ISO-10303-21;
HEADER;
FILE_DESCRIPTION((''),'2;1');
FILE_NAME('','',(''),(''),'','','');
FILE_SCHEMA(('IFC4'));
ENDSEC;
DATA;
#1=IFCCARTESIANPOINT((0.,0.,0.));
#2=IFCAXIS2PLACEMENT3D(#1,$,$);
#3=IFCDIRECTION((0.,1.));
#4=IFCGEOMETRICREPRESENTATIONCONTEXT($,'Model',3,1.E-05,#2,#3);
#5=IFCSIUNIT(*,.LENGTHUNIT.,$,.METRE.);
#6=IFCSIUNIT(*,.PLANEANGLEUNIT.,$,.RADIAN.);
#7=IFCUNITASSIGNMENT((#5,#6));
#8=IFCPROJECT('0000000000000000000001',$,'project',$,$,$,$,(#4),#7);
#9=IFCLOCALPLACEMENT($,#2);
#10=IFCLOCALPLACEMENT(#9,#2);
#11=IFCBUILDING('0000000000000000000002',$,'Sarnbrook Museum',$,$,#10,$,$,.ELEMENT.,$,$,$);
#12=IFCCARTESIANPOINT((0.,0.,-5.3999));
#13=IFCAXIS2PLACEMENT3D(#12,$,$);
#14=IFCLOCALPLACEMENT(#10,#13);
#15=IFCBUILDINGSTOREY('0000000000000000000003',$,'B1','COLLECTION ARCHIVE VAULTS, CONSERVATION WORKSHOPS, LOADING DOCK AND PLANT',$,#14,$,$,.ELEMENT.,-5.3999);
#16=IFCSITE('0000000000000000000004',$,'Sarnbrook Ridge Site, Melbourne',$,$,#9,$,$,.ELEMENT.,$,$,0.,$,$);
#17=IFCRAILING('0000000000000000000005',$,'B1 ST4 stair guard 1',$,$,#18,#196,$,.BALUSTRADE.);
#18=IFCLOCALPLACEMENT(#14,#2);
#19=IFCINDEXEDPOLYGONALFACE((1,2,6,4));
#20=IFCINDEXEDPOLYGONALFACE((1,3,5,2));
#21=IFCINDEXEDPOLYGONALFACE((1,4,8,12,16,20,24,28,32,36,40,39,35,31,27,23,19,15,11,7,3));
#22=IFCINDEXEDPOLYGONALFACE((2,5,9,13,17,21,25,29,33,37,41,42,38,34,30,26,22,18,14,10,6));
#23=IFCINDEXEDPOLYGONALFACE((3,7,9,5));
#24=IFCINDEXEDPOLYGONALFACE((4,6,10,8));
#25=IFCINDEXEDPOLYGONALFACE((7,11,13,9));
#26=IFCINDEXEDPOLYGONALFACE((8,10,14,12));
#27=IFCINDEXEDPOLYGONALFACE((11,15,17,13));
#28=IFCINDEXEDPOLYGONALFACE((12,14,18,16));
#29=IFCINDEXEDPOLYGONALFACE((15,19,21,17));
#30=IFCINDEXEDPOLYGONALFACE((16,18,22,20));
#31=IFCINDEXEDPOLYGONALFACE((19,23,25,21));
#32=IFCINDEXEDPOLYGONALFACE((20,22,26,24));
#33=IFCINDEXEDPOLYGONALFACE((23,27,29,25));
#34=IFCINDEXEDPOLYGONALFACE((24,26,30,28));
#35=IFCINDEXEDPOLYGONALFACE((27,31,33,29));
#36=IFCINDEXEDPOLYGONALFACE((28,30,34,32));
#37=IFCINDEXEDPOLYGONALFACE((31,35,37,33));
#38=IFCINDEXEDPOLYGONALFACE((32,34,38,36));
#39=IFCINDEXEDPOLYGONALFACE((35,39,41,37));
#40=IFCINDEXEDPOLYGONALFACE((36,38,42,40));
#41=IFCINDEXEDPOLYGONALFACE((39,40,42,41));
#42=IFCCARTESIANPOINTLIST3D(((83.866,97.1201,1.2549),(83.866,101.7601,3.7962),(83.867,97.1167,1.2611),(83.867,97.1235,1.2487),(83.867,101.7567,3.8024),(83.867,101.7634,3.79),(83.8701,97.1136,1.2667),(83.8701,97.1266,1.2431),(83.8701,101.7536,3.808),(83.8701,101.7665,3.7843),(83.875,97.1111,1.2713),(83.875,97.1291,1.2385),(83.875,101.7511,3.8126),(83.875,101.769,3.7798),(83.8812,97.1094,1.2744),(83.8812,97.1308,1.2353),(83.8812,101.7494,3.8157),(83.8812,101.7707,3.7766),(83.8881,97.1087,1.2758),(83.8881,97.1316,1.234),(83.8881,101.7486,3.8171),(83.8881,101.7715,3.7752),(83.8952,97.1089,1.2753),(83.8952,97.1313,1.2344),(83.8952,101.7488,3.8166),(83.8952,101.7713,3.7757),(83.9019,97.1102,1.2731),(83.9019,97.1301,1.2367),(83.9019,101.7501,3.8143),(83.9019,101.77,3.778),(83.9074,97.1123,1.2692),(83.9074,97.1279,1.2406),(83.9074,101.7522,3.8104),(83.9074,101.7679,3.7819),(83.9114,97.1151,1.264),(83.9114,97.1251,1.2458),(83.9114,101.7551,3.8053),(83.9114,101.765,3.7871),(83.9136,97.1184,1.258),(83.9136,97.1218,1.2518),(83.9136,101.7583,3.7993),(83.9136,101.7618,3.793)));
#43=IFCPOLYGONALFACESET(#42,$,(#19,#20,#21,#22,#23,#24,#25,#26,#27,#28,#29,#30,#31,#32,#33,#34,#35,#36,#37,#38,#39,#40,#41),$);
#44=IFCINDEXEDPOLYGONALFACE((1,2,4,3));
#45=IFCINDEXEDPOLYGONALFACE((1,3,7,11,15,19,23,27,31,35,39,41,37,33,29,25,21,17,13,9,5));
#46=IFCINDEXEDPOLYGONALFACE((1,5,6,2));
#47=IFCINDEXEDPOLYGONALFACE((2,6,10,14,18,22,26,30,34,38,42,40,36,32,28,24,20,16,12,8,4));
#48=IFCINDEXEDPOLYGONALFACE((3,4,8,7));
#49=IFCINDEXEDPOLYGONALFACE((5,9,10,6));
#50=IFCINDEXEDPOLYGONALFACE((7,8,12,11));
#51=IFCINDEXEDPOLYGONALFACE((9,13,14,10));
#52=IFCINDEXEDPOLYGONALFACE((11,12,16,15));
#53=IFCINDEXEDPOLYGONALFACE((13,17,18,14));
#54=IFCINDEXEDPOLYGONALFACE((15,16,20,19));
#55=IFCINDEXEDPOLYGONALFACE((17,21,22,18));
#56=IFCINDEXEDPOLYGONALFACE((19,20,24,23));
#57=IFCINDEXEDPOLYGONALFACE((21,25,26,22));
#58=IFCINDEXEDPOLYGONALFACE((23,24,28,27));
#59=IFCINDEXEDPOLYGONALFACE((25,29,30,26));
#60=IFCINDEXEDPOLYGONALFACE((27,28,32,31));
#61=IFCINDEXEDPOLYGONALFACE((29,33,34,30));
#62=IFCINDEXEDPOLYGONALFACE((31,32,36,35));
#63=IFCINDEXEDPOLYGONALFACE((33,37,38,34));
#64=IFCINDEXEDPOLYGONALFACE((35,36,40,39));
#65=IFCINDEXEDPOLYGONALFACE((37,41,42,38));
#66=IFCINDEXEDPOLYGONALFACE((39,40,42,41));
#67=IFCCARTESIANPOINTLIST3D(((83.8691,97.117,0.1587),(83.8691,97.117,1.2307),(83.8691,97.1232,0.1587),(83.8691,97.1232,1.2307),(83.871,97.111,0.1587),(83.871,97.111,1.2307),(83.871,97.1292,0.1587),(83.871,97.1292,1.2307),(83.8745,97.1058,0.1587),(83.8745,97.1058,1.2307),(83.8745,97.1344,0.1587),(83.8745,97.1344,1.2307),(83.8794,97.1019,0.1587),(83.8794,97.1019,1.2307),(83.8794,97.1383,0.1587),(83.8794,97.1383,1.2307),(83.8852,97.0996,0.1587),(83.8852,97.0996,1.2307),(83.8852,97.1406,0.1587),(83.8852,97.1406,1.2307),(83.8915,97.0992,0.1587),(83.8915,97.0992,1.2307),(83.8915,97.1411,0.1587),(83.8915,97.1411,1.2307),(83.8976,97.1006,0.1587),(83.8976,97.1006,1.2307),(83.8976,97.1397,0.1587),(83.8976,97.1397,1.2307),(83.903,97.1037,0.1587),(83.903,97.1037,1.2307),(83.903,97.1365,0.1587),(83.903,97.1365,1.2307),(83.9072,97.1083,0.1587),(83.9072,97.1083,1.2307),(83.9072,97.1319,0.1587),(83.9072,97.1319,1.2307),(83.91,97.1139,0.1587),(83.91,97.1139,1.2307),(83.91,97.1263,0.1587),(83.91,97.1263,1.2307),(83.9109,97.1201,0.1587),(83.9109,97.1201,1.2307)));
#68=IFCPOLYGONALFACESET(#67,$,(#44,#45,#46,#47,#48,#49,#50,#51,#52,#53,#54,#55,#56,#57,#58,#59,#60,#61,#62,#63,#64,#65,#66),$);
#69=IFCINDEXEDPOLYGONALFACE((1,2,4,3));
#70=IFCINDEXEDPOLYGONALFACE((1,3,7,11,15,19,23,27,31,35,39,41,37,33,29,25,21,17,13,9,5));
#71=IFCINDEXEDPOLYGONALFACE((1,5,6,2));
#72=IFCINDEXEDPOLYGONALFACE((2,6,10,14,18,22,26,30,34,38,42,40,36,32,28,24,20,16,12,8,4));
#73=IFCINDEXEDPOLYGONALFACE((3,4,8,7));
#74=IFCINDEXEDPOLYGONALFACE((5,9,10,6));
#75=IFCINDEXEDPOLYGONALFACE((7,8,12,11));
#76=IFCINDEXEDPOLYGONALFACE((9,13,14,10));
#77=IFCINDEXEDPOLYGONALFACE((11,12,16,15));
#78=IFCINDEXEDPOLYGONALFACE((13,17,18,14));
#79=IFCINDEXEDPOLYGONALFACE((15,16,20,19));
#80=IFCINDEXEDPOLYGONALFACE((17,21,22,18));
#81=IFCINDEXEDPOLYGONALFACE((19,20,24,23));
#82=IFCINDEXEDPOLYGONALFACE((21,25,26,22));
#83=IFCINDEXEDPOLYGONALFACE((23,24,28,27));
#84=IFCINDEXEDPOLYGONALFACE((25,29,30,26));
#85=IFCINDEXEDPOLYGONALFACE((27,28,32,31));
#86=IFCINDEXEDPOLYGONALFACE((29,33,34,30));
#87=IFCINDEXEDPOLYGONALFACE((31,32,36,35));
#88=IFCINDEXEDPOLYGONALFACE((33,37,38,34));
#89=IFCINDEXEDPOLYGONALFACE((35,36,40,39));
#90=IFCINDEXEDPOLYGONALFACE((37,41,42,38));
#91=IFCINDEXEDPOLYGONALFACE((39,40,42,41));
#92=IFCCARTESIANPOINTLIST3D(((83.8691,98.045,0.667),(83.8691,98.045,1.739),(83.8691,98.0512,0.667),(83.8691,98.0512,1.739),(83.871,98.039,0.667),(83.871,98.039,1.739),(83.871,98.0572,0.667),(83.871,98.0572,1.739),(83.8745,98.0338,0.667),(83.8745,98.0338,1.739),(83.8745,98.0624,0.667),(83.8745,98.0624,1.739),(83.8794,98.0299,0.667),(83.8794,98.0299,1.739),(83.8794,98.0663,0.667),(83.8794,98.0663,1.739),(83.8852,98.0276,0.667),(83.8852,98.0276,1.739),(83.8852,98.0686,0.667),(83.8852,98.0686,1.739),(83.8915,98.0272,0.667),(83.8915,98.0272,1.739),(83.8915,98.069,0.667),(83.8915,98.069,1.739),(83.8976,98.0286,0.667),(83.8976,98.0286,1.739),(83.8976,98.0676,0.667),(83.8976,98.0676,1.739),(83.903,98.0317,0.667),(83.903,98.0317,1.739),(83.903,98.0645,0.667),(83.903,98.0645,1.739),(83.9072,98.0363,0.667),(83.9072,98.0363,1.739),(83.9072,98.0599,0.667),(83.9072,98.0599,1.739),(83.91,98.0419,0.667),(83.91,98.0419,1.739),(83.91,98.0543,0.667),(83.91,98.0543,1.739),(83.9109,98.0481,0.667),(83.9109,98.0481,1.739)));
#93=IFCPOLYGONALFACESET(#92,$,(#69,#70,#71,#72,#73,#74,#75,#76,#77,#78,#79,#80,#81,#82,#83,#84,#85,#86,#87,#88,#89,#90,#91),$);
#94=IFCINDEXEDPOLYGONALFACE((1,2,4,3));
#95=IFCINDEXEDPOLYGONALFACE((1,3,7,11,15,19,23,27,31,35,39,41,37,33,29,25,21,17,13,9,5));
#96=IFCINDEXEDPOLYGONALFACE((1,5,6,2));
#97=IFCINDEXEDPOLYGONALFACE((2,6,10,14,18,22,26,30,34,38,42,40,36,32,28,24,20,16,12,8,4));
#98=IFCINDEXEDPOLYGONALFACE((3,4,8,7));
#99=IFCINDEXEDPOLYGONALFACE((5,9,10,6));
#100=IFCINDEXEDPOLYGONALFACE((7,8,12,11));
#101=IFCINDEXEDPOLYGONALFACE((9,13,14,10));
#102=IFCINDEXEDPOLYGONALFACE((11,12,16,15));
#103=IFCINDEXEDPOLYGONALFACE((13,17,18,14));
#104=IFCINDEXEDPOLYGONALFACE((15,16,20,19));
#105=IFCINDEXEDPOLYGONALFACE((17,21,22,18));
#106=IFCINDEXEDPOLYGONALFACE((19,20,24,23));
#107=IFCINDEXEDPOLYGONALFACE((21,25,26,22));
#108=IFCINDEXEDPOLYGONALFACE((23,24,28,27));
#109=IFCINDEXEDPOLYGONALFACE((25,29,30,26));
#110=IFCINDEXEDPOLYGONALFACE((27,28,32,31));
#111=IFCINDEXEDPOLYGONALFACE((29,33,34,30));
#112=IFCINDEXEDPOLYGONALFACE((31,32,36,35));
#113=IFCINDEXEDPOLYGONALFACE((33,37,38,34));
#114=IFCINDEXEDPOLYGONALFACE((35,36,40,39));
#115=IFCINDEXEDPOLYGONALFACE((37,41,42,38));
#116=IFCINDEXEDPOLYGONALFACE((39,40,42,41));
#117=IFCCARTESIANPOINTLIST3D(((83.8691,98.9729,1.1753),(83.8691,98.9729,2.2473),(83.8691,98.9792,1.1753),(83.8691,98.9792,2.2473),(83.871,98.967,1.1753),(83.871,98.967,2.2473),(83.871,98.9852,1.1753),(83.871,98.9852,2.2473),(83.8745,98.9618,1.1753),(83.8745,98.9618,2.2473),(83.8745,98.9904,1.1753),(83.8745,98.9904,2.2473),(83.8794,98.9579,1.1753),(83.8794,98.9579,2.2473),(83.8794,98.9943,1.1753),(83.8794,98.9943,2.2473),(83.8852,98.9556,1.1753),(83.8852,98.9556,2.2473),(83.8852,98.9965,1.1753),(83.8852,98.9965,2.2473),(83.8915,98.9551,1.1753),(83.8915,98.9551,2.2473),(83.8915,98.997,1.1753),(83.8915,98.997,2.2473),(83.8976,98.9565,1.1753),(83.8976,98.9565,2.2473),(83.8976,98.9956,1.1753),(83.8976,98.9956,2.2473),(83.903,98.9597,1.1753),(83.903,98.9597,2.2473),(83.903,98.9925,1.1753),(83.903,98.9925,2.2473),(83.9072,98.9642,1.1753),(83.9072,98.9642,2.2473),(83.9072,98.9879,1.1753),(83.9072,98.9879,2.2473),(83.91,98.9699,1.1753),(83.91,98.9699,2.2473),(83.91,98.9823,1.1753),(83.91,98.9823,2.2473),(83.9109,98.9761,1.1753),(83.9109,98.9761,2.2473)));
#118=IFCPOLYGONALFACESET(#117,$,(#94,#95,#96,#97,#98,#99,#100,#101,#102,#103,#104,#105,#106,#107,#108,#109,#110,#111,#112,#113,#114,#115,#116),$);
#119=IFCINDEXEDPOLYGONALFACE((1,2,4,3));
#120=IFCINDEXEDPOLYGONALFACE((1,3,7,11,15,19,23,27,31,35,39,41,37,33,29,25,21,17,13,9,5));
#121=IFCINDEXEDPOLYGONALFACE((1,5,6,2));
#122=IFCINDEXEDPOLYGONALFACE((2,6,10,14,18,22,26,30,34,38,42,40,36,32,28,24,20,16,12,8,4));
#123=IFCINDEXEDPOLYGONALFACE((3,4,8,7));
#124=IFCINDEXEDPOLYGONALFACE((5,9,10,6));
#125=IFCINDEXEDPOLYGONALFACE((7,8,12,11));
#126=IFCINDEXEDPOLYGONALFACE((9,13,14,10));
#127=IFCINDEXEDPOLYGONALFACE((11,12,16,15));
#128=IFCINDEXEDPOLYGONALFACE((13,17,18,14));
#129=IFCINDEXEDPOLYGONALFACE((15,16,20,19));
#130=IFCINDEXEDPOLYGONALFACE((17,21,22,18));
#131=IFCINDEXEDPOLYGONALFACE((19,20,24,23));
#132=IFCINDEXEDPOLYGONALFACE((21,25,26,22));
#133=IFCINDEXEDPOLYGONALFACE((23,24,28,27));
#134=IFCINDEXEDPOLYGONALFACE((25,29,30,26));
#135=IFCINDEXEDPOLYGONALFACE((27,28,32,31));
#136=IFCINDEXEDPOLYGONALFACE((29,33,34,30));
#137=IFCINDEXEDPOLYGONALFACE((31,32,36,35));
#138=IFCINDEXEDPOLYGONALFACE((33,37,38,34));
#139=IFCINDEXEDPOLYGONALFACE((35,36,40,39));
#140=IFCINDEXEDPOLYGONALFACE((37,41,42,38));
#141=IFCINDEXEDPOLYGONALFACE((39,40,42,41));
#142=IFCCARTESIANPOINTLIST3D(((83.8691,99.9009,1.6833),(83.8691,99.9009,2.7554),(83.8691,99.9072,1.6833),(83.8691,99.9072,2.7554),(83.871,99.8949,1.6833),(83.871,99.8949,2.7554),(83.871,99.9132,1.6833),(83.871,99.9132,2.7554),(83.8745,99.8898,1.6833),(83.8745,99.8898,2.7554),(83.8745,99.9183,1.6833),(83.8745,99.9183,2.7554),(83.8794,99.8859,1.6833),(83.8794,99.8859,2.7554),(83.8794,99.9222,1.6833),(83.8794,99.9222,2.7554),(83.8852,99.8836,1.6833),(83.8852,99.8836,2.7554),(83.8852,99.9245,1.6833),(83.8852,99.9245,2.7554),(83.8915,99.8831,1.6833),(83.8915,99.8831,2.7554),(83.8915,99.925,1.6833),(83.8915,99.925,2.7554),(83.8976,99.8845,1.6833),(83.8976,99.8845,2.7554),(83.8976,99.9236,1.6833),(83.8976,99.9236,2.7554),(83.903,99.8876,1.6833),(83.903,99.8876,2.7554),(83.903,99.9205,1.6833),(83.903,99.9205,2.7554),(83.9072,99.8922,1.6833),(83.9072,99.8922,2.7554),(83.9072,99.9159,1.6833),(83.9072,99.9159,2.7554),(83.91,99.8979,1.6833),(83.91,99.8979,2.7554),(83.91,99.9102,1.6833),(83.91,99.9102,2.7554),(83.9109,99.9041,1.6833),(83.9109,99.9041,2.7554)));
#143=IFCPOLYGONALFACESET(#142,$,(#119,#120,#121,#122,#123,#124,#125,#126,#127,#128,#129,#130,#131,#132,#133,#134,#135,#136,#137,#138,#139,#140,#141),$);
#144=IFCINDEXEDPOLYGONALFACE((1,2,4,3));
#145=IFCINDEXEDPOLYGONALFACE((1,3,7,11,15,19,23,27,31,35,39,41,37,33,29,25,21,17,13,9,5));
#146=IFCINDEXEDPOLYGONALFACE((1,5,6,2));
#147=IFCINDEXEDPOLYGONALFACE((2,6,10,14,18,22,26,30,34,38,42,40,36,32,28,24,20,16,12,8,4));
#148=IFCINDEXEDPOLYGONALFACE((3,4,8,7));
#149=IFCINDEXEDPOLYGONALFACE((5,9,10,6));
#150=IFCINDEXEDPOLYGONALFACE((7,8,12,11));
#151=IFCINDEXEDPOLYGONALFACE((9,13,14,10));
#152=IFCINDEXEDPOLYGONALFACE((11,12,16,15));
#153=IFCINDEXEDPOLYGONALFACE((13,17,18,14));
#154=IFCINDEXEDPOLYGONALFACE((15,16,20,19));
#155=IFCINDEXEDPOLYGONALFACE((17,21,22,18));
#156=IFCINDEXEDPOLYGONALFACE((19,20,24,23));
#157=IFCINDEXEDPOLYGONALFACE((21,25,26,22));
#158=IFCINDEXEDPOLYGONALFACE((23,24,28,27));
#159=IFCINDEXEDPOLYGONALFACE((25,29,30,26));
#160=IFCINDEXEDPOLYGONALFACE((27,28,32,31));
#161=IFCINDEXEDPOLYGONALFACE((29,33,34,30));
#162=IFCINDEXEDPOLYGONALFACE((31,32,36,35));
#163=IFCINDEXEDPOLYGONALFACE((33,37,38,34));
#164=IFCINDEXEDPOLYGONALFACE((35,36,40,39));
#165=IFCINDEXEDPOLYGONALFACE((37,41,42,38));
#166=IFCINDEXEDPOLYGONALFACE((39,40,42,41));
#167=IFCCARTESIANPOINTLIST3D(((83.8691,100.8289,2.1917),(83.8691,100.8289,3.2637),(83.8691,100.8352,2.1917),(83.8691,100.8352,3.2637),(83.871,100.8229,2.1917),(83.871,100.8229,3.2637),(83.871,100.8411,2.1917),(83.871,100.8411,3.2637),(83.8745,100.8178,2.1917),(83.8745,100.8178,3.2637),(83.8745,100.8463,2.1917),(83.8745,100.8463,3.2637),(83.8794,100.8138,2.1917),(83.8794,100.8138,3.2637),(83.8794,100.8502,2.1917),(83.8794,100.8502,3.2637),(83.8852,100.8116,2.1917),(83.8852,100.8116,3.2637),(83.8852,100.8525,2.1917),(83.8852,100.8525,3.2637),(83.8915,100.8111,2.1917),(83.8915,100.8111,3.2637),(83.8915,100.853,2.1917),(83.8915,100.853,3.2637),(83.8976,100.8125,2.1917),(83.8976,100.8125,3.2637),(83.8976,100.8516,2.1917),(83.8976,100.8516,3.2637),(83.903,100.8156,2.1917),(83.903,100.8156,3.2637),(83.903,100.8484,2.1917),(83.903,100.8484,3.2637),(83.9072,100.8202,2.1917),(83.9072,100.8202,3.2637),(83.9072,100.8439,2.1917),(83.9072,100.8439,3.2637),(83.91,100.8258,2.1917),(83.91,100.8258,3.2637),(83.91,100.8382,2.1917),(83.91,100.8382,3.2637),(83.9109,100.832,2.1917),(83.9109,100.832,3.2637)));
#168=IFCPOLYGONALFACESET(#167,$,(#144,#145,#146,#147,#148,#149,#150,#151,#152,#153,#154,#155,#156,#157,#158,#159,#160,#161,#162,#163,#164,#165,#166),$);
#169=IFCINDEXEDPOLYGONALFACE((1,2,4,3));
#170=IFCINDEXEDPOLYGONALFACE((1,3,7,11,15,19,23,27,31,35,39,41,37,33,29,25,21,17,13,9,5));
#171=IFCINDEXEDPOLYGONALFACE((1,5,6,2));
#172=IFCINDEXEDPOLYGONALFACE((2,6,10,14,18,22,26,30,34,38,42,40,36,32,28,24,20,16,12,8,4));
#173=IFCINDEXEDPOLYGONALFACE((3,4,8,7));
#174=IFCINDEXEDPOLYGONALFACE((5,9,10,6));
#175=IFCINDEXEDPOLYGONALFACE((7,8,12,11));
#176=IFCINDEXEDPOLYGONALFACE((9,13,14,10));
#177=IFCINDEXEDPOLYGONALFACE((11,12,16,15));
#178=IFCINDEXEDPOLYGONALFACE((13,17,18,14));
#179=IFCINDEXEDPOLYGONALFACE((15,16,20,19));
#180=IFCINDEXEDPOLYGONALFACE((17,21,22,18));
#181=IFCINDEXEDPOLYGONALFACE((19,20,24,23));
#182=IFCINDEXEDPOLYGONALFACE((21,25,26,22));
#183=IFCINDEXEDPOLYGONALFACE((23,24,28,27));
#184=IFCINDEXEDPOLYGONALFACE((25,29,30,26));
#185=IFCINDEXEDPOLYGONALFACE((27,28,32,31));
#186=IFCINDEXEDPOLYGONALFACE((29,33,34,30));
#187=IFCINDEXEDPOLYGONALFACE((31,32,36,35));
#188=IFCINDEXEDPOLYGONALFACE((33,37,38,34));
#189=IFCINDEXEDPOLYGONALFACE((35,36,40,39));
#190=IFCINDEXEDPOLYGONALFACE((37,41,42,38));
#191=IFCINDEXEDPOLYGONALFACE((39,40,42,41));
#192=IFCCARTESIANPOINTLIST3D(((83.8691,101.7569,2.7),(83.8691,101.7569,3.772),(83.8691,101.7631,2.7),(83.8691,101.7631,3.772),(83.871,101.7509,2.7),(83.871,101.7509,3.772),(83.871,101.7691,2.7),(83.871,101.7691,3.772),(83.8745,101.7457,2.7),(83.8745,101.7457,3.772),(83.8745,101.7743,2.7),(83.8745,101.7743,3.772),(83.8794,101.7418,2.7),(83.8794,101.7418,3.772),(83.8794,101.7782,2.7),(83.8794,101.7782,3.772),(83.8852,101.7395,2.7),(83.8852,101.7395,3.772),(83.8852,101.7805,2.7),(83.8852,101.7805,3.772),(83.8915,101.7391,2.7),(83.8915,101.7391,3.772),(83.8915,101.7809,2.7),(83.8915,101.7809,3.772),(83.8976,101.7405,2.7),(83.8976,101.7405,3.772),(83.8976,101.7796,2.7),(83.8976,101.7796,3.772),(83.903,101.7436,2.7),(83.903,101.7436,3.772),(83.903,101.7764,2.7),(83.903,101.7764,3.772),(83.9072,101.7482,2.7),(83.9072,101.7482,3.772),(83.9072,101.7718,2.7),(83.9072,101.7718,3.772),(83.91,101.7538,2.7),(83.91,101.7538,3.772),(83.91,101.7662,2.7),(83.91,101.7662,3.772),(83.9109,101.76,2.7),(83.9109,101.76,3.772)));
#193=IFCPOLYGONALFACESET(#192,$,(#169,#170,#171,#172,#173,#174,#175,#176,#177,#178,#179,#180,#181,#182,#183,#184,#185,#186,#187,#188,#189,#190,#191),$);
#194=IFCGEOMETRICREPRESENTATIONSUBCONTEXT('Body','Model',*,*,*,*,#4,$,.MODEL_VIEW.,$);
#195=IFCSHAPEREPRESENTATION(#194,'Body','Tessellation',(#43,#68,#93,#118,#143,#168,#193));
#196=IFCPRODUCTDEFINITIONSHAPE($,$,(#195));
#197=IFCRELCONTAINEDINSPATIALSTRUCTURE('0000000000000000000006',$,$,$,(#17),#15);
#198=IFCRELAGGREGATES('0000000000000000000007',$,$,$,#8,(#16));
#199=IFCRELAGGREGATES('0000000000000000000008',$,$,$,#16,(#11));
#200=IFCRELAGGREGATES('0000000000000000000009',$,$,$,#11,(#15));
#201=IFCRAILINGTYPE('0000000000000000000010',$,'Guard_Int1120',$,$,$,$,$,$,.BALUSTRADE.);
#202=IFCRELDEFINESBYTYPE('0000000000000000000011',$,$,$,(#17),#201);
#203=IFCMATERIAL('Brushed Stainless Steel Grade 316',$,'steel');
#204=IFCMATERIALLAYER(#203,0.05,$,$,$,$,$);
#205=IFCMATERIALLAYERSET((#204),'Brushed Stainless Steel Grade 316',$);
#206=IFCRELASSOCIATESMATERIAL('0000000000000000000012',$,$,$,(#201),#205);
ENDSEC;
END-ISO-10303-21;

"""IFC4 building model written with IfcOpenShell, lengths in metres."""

from ifc_helpers import new_model, si_unit, direction, frame, origin, origin_2d, place, context, subcontext, project, spatial, circle, extrude, material, layer, layer_set, type_object, element, save


model = new_model("IFC4")

# Units and contexts
model_context = context("Model", 3, precision=1e-05, world=origin(), true_north=direction((0.0, 1.0)))
body_context = subcontext(model_context, "Body", "Model", "MODEL_VIEW")
ifc_project = project(units=[si_unit("LENGTHUNIT", "METRE"), si_unit("PLANEANGLEUNIT", "RADIAN")], contexts=[model_context])

# Site, building, storey
site_placement = place(None, origin())
site = spatial("IfcSite", under=ifc_project, at=site_placement, Name="Sarnbrook Ridge Site, Melbourne", CompositionType="ELEMENT", RefElevation=0.0)
building_placement = place(site_placement, origin())
building = spatial("IfcBuilding", under=site, at=building_placement, Name="Sarnbrook Museum", CompositionType="ELEMENT")
storey_placement = place(building_placement, frame((0.0, 0.0, -5.3999)))
storey = spatial("IfcBuildingStorey", under=building, at=storey_placement, Name="B1", Description="COLLECTION ARCHIVE VAULTS, CONSERVATION WORKSHOPS, LOADING DOCK AND PLANT", CompositionType="ELEMENT", Elevation=-5.3999)

# Shared definitions
ifc_material_1 = material(Name="Brushed Stainless Steel Grade 316", Category="steel")

# Railing
ifc_layer_1 = layer(ifc_material_1, 0.05)
ifc_layer_set_1 = layer_set([ifc_layer_1], Name="Brushed Stainless Steel Grade 316")
railing_type_1 = type_object("IfcRailingType", Name="Guard_Int1120", PredefinedType="BALUSTRADE", material=ifc_layer_set_1)
railing_1_placement = place(storey_placement, frame((83.8899, 97.1201, 0.1587)))
element("IfcRailing", 1, at=railing_1_placement, inside=storey, type_object=railing_type_1, Name="B1 ST4 stair guard 1", PredefinedType="BALUSTRADE", context=body_context, shape_type="SweptSolid", body=[
    extrude(circle(Radius=0.0239, at=origin_2d()), frame((0.0, 0.0, 1.0962), z_axis=(0.0, 0.877067, 0.480368), x_axis=(-1.0, 0.0, 0.0)), (0.0, 0.0, 1.0), 5.2903),
    extrude(circle(Radius=0.021, at=origin_2d()), origin(), (0.0, 0.0, 1.0), 1.072),
    extrude(circle(Radius=0.021, at=origin_2d()), frame((0.0, 0.928, 0.5083)), (0.0, 0.0, 1.0), 1.072),
    extrude(circle(Radius=0.021, at=origin_2d()), frame((0.0, 1.856, 1.0166)), (0.0, 0.0, 1.0), 1.072),
    extrude(circle(Radius=0.021, at=origin_2d()), frame((0.0, 2.7839, 1.5247)), (0.0, 0.0, 1.0), 1.072),
    extrude(circle(Radius=0.021, at=origin_2d()), frame((0.0, 3.7119, 2.033)), (0.0, 0.0, 1.0), 1.072),
    extrude(circle(Radius=0.021, at=origin_2d()), frame((0.0, 4.6399, 2.5413)), (0.0, 0.0, 1.0), 1.072),
])

save(model, "model.ifc")
